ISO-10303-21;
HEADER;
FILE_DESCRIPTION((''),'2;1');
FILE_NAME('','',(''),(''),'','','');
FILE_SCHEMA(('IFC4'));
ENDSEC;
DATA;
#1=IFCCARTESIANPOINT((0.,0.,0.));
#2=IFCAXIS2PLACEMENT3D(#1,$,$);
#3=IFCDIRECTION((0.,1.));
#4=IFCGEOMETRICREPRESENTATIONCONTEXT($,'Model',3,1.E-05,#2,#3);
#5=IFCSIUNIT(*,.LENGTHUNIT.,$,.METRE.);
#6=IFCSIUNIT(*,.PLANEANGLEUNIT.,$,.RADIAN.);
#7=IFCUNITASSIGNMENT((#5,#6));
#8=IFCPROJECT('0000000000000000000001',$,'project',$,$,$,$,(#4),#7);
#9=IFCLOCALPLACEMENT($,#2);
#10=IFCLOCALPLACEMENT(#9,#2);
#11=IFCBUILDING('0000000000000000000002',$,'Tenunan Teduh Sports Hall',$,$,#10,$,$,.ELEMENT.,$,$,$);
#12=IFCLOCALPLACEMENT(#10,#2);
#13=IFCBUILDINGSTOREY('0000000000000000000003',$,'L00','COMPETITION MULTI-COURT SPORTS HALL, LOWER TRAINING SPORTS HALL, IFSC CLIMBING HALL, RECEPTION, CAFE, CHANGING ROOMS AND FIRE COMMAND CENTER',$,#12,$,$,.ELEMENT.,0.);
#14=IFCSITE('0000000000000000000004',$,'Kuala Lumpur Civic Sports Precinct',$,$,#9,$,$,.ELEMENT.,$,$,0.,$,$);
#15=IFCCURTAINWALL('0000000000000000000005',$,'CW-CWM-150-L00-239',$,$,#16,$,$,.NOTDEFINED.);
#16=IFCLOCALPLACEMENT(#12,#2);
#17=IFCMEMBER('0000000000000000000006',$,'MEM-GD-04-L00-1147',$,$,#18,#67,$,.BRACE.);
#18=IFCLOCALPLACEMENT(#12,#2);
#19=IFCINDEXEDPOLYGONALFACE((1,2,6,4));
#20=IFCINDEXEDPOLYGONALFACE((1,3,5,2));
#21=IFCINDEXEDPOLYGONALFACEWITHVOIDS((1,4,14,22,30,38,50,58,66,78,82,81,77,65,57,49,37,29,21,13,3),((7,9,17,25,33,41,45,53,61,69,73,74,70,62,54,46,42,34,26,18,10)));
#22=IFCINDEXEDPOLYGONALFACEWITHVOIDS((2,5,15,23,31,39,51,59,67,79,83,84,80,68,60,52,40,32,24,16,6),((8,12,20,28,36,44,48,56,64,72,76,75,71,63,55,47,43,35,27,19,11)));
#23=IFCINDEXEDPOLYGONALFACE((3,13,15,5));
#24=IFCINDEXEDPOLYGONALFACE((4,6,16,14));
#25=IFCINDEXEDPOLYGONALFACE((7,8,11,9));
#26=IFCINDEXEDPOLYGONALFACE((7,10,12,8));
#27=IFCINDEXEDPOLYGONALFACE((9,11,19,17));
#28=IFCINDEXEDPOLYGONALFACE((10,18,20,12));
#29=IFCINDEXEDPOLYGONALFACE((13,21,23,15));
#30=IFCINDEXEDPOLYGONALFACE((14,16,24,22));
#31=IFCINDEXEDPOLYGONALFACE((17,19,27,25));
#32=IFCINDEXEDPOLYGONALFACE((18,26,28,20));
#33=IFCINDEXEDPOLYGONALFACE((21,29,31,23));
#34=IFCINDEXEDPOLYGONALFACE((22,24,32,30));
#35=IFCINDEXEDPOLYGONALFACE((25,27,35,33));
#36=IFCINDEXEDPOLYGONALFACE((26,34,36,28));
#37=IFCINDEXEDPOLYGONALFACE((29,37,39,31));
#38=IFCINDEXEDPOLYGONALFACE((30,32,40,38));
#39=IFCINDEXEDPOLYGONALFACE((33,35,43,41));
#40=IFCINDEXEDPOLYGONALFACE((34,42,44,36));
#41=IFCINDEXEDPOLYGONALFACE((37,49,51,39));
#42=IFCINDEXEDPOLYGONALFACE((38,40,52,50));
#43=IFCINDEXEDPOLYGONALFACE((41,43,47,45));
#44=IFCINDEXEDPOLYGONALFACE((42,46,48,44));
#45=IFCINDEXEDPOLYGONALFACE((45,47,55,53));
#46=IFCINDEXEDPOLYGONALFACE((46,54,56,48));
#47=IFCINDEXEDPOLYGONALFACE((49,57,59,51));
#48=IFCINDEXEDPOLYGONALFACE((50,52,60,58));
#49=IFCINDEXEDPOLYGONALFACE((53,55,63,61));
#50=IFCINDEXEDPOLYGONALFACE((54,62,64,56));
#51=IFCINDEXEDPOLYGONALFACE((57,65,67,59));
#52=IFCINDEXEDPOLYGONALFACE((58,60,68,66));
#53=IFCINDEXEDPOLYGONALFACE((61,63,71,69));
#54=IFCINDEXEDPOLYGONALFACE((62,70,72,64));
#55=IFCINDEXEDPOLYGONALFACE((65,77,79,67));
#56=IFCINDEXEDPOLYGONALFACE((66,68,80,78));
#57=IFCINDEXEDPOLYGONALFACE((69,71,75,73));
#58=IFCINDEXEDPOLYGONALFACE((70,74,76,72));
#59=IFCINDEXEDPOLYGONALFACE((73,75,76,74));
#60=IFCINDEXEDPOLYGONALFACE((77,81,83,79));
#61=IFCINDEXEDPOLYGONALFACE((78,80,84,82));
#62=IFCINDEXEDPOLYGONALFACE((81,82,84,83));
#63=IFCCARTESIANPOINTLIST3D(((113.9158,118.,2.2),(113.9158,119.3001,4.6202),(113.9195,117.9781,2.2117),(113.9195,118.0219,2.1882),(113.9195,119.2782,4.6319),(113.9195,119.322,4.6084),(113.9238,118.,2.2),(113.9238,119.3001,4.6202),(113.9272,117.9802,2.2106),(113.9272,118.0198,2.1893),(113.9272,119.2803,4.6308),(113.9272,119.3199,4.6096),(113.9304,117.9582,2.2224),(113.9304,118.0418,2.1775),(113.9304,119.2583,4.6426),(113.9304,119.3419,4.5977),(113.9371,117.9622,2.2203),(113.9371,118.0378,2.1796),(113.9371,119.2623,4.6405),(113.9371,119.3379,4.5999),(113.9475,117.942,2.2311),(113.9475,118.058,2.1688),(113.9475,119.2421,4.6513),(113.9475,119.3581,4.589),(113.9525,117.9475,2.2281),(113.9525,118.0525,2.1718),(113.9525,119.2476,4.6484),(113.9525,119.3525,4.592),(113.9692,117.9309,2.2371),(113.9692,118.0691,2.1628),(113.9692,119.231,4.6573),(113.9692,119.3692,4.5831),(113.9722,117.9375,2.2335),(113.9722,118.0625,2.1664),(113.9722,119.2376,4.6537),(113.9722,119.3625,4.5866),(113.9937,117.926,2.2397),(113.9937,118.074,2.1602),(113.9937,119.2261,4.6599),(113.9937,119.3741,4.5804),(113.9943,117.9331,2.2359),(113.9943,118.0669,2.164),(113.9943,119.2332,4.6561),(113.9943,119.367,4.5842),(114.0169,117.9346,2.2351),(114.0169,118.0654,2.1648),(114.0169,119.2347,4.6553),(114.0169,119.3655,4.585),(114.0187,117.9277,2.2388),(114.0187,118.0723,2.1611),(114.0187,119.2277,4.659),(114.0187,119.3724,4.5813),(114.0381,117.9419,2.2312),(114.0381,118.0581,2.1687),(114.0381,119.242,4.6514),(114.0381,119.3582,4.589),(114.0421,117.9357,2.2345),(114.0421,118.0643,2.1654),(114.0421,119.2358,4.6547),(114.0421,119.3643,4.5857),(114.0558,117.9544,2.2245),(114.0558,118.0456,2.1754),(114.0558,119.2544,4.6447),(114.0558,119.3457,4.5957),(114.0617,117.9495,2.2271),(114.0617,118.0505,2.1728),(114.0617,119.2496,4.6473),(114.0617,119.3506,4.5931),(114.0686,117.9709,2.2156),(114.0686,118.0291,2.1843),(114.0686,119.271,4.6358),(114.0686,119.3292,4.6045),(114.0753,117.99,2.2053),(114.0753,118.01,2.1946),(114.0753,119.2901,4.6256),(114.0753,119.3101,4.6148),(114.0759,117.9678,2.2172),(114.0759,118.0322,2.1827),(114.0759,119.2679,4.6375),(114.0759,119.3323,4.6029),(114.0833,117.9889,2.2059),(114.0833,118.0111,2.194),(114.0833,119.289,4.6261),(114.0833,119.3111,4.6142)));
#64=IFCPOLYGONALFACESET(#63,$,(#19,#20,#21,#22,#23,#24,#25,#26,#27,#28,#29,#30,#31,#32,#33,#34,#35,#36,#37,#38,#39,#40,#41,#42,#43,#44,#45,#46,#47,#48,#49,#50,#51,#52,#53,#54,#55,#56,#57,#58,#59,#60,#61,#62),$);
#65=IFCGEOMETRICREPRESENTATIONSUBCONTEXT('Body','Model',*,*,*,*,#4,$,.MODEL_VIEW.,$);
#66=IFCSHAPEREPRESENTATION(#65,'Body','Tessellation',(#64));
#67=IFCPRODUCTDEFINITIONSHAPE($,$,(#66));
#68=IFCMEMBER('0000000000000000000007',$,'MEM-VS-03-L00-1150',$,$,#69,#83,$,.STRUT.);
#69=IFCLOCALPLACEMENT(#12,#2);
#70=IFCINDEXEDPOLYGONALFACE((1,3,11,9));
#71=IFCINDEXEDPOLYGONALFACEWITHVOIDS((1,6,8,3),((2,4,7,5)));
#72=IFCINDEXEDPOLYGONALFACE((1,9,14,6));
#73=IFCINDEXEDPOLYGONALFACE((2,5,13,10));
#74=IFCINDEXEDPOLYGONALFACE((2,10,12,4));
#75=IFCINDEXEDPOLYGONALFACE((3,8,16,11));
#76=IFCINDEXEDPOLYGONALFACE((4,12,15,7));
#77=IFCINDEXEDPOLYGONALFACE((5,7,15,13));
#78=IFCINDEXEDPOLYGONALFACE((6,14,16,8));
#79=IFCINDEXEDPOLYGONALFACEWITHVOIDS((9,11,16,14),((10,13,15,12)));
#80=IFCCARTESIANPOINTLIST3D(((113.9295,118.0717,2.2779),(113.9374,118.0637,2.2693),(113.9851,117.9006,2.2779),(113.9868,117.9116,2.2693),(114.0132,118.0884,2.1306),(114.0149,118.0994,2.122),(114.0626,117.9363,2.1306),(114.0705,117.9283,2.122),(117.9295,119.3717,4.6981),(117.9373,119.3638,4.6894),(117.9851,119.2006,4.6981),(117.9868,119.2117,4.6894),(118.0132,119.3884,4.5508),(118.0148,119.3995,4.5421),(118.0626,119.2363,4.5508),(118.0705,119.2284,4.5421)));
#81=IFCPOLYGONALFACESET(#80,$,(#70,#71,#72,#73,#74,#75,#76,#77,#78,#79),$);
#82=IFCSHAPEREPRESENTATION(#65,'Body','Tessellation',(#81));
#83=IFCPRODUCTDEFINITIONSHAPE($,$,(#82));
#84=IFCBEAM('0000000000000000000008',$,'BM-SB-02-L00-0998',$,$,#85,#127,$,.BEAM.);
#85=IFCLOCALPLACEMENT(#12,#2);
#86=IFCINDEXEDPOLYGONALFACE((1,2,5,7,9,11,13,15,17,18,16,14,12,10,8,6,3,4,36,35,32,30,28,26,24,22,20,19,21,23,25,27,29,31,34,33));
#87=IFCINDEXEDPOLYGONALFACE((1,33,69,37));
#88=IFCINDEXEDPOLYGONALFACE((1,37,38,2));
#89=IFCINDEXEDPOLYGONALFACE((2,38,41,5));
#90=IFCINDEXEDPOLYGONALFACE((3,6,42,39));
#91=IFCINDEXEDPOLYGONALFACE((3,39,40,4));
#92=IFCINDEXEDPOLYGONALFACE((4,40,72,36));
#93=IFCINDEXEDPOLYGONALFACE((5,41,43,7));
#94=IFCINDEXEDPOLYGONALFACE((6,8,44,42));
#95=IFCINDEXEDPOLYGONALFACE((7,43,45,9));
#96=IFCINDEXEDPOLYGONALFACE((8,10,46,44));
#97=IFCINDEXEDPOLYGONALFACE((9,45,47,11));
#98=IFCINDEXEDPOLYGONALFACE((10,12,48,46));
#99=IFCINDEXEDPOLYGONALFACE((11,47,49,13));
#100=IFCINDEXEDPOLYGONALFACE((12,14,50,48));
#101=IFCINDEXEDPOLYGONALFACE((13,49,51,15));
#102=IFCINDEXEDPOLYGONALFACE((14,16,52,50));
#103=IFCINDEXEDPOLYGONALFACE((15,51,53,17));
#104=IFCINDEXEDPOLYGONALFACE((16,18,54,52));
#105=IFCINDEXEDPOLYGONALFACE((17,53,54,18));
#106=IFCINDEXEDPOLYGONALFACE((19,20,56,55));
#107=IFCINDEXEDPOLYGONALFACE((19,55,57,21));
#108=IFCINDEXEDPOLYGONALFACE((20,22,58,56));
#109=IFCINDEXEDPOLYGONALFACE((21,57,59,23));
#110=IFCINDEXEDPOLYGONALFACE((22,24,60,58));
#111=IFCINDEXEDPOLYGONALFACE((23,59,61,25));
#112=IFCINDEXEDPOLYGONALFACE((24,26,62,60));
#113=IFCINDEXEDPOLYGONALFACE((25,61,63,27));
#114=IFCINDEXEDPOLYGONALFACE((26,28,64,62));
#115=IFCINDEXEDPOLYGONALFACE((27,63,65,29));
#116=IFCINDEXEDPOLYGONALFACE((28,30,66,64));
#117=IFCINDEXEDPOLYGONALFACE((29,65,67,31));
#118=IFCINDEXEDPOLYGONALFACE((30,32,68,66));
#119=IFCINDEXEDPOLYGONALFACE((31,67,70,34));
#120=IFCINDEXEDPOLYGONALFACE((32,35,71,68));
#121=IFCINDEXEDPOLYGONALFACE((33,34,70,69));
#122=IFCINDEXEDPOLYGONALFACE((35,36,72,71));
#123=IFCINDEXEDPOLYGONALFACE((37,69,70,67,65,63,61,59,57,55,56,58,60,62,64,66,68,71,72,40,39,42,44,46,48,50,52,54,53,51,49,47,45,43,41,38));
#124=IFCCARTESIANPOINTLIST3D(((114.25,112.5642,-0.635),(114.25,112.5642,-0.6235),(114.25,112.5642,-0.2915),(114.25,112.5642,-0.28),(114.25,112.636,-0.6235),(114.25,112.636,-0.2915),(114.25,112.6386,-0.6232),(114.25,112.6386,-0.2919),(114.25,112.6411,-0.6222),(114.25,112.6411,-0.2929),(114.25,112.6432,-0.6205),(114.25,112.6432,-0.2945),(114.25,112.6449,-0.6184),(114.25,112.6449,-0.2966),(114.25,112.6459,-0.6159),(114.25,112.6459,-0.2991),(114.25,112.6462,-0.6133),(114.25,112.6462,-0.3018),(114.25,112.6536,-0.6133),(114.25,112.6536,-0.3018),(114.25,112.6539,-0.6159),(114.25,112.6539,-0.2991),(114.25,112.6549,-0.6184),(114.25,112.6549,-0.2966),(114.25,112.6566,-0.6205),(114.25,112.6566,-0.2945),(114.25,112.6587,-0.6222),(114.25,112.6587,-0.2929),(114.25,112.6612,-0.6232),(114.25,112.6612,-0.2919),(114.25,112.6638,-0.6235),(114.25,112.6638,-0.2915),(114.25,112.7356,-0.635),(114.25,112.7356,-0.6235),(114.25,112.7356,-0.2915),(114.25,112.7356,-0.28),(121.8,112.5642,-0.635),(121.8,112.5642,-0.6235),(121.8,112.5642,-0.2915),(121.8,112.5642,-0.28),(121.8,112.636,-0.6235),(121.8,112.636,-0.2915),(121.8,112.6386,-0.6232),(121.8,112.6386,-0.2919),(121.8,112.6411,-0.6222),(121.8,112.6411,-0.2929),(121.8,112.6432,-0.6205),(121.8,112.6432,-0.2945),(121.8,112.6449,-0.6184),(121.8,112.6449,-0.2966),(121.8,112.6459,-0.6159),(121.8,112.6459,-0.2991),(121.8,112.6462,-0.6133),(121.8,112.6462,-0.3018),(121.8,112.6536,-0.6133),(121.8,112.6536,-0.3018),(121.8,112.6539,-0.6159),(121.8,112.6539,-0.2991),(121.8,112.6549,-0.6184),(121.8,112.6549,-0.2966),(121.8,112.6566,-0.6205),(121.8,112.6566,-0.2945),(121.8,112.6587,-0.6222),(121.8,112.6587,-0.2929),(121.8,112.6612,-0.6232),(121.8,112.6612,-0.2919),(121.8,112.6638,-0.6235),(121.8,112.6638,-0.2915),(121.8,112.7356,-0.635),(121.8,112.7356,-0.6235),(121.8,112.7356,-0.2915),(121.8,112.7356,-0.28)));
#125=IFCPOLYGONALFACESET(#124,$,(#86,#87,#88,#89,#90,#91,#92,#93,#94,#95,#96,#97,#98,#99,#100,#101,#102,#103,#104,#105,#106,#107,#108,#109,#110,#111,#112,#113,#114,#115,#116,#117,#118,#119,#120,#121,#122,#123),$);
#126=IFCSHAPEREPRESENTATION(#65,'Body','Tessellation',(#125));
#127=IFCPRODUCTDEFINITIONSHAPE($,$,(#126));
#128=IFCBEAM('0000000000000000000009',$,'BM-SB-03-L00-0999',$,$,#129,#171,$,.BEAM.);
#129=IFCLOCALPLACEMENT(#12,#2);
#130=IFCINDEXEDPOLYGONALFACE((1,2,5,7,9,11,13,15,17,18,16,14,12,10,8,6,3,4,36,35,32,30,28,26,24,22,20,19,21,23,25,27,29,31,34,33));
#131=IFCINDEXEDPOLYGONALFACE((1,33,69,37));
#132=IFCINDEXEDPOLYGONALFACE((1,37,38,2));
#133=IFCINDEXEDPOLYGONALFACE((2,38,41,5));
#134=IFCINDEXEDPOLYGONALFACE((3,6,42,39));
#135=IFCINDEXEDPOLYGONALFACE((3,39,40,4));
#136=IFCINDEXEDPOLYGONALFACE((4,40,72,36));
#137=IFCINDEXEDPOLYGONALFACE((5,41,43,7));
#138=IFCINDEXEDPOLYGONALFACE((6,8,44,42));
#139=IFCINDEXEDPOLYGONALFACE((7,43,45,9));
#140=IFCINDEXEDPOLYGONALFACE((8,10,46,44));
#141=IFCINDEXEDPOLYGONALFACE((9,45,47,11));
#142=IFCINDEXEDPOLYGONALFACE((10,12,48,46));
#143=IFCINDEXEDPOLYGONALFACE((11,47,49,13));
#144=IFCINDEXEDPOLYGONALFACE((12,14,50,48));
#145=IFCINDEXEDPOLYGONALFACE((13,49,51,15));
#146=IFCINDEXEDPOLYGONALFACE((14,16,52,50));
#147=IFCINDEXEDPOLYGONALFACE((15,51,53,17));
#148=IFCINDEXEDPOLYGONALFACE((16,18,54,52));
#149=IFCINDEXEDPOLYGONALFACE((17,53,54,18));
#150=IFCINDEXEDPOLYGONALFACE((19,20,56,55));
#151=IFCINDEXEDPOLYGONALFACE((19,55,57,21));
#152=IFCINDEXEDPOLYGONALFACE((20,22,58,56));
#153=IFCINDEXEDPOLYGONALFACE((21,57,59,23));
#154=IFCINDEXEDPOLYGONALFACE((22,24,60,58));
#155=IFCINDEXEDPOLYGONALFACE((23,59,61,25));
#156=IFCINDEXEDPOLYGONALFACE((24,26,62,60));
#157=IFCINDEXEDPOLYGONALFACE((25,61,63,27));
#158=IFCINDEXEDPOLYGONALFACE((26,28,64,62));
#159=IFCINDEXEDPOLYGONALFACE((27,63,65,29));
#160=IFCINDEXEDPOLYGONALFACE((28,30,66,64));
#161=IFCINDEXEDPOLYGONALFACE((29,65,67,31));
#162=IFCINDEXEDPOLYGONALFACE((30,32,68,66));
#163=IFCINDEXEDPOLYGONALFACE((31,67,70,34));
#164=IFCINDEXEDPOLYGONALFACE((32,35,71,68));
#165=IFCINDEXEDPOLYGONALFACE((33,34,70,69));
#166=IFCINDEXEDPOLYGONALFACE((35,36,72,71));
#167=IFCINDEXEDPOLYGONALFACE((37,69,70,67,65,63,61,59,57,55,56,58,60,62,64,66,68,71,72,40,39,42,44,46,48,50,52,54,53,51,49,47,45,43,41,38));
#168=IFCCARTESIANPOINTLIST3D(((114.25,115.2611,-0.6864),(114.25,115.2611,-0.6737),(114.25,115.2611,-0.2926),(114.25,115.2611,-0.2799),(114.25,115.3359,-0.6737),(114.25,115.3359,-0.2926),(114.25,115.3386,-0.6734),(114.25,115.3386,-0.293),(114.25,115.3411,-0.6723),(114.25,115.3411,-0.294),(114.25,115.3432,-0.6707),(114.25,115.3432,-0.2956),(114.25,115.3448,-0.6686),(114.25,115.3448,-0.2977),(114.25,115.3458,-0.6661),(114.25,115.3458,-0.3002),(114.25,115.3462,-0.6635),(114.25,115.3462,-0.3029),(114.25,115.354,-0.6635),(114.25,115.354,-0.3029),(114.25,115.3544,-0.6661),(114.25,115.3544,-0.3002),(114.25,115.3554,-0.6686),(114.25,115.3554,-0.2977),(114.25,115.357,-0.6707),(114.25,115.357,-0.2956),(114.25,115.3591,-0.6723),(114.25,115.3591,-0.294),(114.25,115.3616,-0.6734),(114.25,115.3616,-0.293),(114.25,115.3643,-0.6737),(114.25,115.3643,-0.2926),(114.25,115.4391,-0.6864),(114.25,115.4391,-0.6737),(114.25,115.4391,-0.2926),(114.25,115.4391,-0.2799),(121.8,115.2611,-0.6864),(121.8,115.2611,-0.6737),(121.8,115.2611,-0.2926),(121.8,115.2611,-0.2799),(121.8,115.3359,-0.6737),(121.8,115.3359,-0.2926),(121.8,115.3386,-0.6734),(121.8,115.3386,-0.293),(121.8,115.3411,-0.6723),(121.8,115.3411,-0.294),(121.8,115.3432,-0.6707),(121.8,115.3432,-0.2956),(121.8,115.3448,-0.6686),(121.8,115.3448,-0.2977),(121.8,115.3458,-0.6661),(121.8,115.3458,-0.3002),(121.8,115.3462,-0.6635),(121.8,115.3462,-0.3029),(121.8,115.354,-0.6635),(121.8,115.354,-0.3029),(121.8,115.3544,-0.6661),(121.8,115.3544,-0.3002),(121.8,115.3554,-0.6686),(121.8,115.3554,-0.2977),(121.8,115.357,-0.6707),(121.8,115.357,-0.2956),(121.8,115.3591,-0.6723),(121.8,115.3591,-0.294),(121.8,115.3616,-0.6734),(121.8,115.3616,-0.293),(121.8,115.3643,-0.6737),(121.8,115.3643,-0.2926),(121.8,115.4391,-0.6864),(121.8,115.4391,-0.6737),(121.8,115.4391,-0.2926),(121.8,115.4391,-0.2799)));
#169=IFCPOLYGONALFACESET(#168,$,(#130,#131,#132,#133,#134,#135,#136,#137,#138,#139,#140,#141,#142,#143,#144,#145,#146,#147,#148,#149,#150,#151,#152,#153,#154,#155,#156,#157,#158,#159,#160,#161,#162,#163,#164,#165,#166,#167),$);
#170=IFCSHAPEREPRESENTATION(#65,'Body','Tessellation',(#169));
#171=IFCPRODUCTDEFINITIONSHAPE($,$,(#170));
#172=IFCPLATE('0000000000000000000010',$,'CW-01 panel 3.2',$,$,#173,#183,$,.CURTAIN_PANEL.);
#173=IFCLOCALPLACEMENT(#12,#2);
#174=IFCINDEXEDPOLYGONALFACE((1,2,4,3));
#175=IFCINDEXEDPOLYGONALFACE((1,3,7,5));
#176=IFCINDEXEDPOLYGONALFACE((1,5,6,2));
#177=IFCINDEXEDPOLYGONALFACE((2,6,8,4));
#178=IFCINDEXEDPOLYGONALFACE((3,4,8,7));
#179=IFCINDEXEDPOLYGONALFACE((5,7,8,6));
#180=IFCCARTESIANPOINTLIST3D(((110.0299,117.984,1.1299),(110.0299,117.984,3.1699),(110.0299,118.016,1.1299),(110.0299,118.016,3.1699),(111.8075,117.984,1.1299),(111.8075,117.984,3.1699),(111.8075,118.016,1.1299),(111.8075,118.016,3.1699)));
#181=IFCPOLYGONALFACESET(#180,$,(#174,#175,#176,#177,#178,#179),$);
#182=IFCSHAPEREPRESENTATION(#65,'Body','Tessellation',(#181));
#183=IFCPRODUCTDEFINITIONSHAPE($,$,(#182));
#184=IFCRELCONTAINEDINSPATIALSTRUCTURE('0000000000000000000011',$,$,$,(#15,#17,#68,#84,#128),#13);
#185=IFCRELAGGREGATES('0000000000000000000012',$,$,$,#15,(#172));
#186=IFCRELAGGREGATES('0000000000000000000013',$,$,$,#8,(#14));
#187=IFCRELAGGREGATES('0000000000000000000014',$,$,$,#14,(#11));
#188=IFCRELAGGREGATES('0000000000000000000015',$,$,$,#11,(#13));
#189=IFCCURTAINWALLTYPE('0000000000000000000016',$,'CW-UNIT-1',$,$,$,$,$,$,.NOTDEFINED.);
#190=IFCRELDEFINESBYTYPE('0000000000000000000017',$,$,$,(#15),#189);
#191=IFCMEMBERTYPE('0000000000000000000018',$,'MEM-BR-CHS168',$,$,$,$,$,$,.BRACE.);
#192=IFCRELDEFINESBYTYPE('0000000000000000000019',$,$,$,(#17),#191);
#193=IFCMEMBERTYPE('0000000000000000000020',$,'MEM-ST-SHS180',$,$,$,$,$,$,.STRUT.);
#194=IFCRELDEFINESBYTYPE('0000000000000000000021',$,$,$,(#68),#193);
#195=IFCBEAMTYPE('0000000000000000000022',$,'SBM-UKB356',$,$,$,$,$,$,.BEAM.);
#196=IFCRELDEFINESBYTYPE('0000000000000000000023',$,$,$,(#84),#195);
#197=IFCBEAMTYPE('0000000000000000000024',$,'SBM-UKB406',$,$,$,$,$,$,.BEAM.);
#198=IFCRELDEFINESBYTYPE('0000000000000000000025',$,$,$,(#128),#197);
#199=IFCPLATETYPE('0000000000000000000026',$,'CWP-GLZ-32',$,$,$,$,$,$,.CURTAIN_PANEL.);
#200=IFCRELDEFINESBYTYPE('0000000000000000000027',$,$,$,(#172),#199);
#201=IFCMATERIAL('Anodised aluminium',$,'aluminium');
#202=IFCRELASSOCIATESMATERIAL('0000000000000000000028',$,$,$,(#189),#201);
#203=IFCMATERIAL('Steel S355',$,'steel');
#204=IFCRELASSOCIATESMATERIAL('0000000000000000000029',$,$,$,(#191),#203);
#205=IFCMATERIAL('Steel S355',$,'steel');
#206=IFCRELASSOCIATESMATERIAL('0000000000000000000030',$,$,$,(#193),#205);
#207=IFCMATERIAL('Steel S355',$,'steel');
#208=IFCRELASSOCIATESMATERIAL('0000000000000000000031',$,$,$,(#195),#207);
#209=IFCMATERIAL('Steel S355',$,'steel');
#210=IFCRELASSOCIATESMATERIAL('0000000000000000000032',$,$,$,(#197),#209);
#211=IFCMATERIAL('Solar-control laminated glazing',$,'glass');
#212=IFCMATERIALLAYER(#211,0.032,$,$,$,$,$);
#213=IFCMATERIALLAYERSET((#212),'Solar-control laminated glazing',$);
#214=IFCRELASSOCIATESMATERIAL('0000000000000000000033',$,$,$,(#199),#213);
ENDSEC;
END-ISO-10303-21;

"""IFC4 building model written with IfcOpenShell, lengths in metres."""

from ifc_helpers import new_model, si_unit, direction, frame, origin, origin_2d, place, context, subcontext, project, spatial, rectangle, hollow_rectangle, hollow_circle, i_section, extrude, material, layer, layer_set, material_profile, profile_set, type_object, element, aggregate, save


model = new_model("IFC4")

# Units and contexts
model_context = context("Model", 3, precision=1e-05, world=origin(), true_north=direction((0.0, 1.0)))
body_context = subcontext(model_context, "Body", "Model", "MODEL_VIEW")
ifc_project = project(units=[si_unit("LENGTHUNIT", "METRE"), si_unit("PLANEANGLEUNIT", "RADIAN")], contexts=[model_context])

# Site, building, storey
site_placement = place(None, origin())
site = spatial("IfcSite", under=ifc_project, at=site_placement, Name="Kuala Lumpur Civic Sports Precinct", CompositionType="ELEMENT", RefElevation=0.0)
building_placement = place(site_placement, origin())
building = spatial("IfcBuilding", under=site, at=building_placement, Name="Tenunan Teduh Sports Hall", CompositionType="ELEMENT")
storey_placement = place(building_placement, origin())
storey = spatial("IfcBuildingStorey", under=building, at=storey_placement, Name="L00", Description="COMPETITION MULTI-COURT SPORTS HALL, LOWER TRAINING SPORTS HALL, IFSC CLIMBING HALL, RECEPTION, CAFE, CHANGING ROOMS AND FIRE COMMAND CENTER", CompositionType="ELEMENT", Elevation=0.0)

# Curtain wall
ifc_material_1 = material(Name="Anodised aluminium", Category="aluminium")
curtain_wall_type = type_object("IfcCurtainWallType", Name="CW-UNIT-1", PredefinedType="NOTDEFINED", material=ifc_material_1)
curtain_wall_placement = place(storey_placement, origin())
curtain_wall = element("IfcCurtainWall", 1, at=curtain_wall_placement, inside=storey, type_object=curtain_wall_type, Name="CW-CWM-150-L00-239", PredefinedType="NOTDEFINED")

# Members
ifc_material_2 = material(Name="Steel S355", Category="steel")
ifc_material_profile_1 = material_profile(ifc_material_2, hollow_circle(Radius=0.0842, WallThickness=0.0081, at=origin_2d()), Name="CHS 168.3x8.0")
ifc_profile_set_1 = profile_set([ifc_material_profile_1], Name="Steel S355")
member_type_1 = type_object("IfcMemberType", Name="MEM-BR-CHS168", PredefinedType="BRACE", material=ifc_profile_set_1)
member_1_placement = place(storey_placement, frame((114.0, 118.0, 2.2), z_axis=(0.0, 0.47322, 0.880944), x_axis=(-1.0, 0.0, 0.0)))
element("IfcMember", 2, at=member_1_placement, inside=storey, type_object=member_type_1, Name="MEM-GD-04-L00-1147", PredefinedType="BRACE", context=body_context, shape_type="SweptSolid", body=[
    extrude(hollow_circle(Radius=0.0842, WallThickness=0.0081, at=origin_2d()), origin(), (0.0, 0.0, 1.0), 2.7473),
])
ifc_material_3 = material(Name="Steel S355", Category="steel")
ifc_material_profile_2 = material_profile(ifc_material_3, hollow_rectangle(XDim=0.1799, YDim=0.1799, WallThickness=0.01, at=origin_2d()), Name="SHS 180x180x10.0")
ifc_profile_set_2 = profile_set([ifc_material_profile_2], Name="Steel S355")
member_type_2 = type_object("IfcMemberType", Name="MEM-ST-SHS180", PredefinedType="STRUT", material=ifc_profile_set_2)
member_2_placement = place(storey_placement, frame((114.0, 118.0, 2.2), z_axis=(0.824307, 0.26791, 0.49874), x_axis=(-0.309097, 0.951031, 0.0)))
element("IfcMember", 3, at=member_2_placement, inside=storey, type_object=member_type_2, Name="MEM-VS-03-L00-1150", PredefinedType="STRUT", context=body_context, shape_type="SweptSolid", body=[
    extrude(hollow_rectangle(XDim=0.1799, YDim=0.1799, WallThickness=0.01, at=origin_2d()), origin(), (0.0, 0.0, 1.0), 4.8525),
])

# Beams
ifc_material_4 = material(Name="Steel S355", Category="steel")
ifc_material_profile_3 = material_profile(ifc_material_4, i_section(OverallWidth=0.1714, OverallDepth=0.355, WebThickness=0.0073, FlangeThickness=0.0115, FilletRadius=0.0103, at=origin_2d()), Name="UKB 356x171x51")
ifc_profile_set_3 = profile_set([ifc_material_profile_3], Name="Steel S355")
beam_type_1 = type_object("IfcBeamType", Name="SBM-UKB356", PredefinedType="BEAM", material=ifc_profile_set_3)
beam_1_placement = place(storey_placement, frame((114.25, 112.6499, -0.4575), z_axis=(1.0, 0.0, 0.0), x_axis=(0.0, 1.0, 0.0)))
element("IfcBeam", 4, at=beam_1_placement, inside=storey, type_object=beam_type_1, Name="BM-SB-02-L00-0998", PredefinedType="BEAM", context=body_context, shape_type="SweptSolid", body=[
    extrude(i_section(OverallWidth=0.1714, OverallDepth=0.355, WebThickness=0.0073, FlangeThickness=0.0115, FilletRadius=0.0103, at=origin_2d()), origin(), (0.0, 0.0, 1.0), 7.55),
])
ifc_material_5 = material(Name="Steel S355", Category="steel")
ifc_material_profile_4 = material_profile(ifc_material_5, i_section(OverallWidth=0.178, OverallDepth=0.4065, WebThickness=0.0078, FlangeThickness=0.0127, FilletRadius=0.0103, at=origin_2d()), Name="UKB 406x178x60")
ifc_profile_set_4 = profile_set([ifc_material_profile_4], Name="Steel S355")
beam_type_2 = type_object("IfcBeamType", Name="SBM-UKB406", PredefinedType="BEAM", material=ifc_profile_set_4)
beam_2_placement = place(storey_placement, frame((114.25, 115.3501, -0.4832), z_axis=(1.0, 0.0, 0.0), x_axis=(0.0, 1.0, 0.0)))
element("IfcBeam", 5, at=beam_2_placement, inside=storey, type_object=beam_type_2, Name="BM-SB-03-L00-0999", PredefinedType="BEAM", context=body_context, shape_type="SweptSolid", body=[
    extrude(i_section(OverallWidth=0.178, OverallDepth=0.4065, WebThickness=0.0078, FlangeThickness=0.0127, FilletRadius=0.0103, at=origin_2d()), origin(), (0.0, 0.0, 1.0), 7.55),
])

# Plate
ifc_material_6 = material(Name="Solar-control laminated glazing", Category="glass")
ifc_layer_1 = layer(ifc_material_6, 0.032)
ifc_layer_set_1 = layer_set([ifc_layer_1], Name="Solar-control laminated glazing")
plate_type_1 = type_object("IfcPlateType", Name="CWP-GLZ-32", PredefinedType="CURTAIN_PANEL", material=ifc_layer_set_1)
plate_1_placement = place(storey_placement, frame((110.9187, 118.0, 1.1299), z_axis=(0.0, 0.0, 1.0), x_axis=(1.0, 0.0, 0.0)))
plate_1 = element("IfcPlate", 6, at=plate_1_placement, type_object=plate_type_1, Name="CW-01 panel 3.2", PredefinedType="CURTAIN_PANEL", context=body_context, shape_type="SweptSolid", body=[
    extrude(rectangle(XDim=1.7776, YDim=0.032, at=origin_2d()), origin(), (0.0, 0.0, 1.0), 2.04),
])
aggregate(curtain_wall, [plate_1])

save(model, "model.ifc")
